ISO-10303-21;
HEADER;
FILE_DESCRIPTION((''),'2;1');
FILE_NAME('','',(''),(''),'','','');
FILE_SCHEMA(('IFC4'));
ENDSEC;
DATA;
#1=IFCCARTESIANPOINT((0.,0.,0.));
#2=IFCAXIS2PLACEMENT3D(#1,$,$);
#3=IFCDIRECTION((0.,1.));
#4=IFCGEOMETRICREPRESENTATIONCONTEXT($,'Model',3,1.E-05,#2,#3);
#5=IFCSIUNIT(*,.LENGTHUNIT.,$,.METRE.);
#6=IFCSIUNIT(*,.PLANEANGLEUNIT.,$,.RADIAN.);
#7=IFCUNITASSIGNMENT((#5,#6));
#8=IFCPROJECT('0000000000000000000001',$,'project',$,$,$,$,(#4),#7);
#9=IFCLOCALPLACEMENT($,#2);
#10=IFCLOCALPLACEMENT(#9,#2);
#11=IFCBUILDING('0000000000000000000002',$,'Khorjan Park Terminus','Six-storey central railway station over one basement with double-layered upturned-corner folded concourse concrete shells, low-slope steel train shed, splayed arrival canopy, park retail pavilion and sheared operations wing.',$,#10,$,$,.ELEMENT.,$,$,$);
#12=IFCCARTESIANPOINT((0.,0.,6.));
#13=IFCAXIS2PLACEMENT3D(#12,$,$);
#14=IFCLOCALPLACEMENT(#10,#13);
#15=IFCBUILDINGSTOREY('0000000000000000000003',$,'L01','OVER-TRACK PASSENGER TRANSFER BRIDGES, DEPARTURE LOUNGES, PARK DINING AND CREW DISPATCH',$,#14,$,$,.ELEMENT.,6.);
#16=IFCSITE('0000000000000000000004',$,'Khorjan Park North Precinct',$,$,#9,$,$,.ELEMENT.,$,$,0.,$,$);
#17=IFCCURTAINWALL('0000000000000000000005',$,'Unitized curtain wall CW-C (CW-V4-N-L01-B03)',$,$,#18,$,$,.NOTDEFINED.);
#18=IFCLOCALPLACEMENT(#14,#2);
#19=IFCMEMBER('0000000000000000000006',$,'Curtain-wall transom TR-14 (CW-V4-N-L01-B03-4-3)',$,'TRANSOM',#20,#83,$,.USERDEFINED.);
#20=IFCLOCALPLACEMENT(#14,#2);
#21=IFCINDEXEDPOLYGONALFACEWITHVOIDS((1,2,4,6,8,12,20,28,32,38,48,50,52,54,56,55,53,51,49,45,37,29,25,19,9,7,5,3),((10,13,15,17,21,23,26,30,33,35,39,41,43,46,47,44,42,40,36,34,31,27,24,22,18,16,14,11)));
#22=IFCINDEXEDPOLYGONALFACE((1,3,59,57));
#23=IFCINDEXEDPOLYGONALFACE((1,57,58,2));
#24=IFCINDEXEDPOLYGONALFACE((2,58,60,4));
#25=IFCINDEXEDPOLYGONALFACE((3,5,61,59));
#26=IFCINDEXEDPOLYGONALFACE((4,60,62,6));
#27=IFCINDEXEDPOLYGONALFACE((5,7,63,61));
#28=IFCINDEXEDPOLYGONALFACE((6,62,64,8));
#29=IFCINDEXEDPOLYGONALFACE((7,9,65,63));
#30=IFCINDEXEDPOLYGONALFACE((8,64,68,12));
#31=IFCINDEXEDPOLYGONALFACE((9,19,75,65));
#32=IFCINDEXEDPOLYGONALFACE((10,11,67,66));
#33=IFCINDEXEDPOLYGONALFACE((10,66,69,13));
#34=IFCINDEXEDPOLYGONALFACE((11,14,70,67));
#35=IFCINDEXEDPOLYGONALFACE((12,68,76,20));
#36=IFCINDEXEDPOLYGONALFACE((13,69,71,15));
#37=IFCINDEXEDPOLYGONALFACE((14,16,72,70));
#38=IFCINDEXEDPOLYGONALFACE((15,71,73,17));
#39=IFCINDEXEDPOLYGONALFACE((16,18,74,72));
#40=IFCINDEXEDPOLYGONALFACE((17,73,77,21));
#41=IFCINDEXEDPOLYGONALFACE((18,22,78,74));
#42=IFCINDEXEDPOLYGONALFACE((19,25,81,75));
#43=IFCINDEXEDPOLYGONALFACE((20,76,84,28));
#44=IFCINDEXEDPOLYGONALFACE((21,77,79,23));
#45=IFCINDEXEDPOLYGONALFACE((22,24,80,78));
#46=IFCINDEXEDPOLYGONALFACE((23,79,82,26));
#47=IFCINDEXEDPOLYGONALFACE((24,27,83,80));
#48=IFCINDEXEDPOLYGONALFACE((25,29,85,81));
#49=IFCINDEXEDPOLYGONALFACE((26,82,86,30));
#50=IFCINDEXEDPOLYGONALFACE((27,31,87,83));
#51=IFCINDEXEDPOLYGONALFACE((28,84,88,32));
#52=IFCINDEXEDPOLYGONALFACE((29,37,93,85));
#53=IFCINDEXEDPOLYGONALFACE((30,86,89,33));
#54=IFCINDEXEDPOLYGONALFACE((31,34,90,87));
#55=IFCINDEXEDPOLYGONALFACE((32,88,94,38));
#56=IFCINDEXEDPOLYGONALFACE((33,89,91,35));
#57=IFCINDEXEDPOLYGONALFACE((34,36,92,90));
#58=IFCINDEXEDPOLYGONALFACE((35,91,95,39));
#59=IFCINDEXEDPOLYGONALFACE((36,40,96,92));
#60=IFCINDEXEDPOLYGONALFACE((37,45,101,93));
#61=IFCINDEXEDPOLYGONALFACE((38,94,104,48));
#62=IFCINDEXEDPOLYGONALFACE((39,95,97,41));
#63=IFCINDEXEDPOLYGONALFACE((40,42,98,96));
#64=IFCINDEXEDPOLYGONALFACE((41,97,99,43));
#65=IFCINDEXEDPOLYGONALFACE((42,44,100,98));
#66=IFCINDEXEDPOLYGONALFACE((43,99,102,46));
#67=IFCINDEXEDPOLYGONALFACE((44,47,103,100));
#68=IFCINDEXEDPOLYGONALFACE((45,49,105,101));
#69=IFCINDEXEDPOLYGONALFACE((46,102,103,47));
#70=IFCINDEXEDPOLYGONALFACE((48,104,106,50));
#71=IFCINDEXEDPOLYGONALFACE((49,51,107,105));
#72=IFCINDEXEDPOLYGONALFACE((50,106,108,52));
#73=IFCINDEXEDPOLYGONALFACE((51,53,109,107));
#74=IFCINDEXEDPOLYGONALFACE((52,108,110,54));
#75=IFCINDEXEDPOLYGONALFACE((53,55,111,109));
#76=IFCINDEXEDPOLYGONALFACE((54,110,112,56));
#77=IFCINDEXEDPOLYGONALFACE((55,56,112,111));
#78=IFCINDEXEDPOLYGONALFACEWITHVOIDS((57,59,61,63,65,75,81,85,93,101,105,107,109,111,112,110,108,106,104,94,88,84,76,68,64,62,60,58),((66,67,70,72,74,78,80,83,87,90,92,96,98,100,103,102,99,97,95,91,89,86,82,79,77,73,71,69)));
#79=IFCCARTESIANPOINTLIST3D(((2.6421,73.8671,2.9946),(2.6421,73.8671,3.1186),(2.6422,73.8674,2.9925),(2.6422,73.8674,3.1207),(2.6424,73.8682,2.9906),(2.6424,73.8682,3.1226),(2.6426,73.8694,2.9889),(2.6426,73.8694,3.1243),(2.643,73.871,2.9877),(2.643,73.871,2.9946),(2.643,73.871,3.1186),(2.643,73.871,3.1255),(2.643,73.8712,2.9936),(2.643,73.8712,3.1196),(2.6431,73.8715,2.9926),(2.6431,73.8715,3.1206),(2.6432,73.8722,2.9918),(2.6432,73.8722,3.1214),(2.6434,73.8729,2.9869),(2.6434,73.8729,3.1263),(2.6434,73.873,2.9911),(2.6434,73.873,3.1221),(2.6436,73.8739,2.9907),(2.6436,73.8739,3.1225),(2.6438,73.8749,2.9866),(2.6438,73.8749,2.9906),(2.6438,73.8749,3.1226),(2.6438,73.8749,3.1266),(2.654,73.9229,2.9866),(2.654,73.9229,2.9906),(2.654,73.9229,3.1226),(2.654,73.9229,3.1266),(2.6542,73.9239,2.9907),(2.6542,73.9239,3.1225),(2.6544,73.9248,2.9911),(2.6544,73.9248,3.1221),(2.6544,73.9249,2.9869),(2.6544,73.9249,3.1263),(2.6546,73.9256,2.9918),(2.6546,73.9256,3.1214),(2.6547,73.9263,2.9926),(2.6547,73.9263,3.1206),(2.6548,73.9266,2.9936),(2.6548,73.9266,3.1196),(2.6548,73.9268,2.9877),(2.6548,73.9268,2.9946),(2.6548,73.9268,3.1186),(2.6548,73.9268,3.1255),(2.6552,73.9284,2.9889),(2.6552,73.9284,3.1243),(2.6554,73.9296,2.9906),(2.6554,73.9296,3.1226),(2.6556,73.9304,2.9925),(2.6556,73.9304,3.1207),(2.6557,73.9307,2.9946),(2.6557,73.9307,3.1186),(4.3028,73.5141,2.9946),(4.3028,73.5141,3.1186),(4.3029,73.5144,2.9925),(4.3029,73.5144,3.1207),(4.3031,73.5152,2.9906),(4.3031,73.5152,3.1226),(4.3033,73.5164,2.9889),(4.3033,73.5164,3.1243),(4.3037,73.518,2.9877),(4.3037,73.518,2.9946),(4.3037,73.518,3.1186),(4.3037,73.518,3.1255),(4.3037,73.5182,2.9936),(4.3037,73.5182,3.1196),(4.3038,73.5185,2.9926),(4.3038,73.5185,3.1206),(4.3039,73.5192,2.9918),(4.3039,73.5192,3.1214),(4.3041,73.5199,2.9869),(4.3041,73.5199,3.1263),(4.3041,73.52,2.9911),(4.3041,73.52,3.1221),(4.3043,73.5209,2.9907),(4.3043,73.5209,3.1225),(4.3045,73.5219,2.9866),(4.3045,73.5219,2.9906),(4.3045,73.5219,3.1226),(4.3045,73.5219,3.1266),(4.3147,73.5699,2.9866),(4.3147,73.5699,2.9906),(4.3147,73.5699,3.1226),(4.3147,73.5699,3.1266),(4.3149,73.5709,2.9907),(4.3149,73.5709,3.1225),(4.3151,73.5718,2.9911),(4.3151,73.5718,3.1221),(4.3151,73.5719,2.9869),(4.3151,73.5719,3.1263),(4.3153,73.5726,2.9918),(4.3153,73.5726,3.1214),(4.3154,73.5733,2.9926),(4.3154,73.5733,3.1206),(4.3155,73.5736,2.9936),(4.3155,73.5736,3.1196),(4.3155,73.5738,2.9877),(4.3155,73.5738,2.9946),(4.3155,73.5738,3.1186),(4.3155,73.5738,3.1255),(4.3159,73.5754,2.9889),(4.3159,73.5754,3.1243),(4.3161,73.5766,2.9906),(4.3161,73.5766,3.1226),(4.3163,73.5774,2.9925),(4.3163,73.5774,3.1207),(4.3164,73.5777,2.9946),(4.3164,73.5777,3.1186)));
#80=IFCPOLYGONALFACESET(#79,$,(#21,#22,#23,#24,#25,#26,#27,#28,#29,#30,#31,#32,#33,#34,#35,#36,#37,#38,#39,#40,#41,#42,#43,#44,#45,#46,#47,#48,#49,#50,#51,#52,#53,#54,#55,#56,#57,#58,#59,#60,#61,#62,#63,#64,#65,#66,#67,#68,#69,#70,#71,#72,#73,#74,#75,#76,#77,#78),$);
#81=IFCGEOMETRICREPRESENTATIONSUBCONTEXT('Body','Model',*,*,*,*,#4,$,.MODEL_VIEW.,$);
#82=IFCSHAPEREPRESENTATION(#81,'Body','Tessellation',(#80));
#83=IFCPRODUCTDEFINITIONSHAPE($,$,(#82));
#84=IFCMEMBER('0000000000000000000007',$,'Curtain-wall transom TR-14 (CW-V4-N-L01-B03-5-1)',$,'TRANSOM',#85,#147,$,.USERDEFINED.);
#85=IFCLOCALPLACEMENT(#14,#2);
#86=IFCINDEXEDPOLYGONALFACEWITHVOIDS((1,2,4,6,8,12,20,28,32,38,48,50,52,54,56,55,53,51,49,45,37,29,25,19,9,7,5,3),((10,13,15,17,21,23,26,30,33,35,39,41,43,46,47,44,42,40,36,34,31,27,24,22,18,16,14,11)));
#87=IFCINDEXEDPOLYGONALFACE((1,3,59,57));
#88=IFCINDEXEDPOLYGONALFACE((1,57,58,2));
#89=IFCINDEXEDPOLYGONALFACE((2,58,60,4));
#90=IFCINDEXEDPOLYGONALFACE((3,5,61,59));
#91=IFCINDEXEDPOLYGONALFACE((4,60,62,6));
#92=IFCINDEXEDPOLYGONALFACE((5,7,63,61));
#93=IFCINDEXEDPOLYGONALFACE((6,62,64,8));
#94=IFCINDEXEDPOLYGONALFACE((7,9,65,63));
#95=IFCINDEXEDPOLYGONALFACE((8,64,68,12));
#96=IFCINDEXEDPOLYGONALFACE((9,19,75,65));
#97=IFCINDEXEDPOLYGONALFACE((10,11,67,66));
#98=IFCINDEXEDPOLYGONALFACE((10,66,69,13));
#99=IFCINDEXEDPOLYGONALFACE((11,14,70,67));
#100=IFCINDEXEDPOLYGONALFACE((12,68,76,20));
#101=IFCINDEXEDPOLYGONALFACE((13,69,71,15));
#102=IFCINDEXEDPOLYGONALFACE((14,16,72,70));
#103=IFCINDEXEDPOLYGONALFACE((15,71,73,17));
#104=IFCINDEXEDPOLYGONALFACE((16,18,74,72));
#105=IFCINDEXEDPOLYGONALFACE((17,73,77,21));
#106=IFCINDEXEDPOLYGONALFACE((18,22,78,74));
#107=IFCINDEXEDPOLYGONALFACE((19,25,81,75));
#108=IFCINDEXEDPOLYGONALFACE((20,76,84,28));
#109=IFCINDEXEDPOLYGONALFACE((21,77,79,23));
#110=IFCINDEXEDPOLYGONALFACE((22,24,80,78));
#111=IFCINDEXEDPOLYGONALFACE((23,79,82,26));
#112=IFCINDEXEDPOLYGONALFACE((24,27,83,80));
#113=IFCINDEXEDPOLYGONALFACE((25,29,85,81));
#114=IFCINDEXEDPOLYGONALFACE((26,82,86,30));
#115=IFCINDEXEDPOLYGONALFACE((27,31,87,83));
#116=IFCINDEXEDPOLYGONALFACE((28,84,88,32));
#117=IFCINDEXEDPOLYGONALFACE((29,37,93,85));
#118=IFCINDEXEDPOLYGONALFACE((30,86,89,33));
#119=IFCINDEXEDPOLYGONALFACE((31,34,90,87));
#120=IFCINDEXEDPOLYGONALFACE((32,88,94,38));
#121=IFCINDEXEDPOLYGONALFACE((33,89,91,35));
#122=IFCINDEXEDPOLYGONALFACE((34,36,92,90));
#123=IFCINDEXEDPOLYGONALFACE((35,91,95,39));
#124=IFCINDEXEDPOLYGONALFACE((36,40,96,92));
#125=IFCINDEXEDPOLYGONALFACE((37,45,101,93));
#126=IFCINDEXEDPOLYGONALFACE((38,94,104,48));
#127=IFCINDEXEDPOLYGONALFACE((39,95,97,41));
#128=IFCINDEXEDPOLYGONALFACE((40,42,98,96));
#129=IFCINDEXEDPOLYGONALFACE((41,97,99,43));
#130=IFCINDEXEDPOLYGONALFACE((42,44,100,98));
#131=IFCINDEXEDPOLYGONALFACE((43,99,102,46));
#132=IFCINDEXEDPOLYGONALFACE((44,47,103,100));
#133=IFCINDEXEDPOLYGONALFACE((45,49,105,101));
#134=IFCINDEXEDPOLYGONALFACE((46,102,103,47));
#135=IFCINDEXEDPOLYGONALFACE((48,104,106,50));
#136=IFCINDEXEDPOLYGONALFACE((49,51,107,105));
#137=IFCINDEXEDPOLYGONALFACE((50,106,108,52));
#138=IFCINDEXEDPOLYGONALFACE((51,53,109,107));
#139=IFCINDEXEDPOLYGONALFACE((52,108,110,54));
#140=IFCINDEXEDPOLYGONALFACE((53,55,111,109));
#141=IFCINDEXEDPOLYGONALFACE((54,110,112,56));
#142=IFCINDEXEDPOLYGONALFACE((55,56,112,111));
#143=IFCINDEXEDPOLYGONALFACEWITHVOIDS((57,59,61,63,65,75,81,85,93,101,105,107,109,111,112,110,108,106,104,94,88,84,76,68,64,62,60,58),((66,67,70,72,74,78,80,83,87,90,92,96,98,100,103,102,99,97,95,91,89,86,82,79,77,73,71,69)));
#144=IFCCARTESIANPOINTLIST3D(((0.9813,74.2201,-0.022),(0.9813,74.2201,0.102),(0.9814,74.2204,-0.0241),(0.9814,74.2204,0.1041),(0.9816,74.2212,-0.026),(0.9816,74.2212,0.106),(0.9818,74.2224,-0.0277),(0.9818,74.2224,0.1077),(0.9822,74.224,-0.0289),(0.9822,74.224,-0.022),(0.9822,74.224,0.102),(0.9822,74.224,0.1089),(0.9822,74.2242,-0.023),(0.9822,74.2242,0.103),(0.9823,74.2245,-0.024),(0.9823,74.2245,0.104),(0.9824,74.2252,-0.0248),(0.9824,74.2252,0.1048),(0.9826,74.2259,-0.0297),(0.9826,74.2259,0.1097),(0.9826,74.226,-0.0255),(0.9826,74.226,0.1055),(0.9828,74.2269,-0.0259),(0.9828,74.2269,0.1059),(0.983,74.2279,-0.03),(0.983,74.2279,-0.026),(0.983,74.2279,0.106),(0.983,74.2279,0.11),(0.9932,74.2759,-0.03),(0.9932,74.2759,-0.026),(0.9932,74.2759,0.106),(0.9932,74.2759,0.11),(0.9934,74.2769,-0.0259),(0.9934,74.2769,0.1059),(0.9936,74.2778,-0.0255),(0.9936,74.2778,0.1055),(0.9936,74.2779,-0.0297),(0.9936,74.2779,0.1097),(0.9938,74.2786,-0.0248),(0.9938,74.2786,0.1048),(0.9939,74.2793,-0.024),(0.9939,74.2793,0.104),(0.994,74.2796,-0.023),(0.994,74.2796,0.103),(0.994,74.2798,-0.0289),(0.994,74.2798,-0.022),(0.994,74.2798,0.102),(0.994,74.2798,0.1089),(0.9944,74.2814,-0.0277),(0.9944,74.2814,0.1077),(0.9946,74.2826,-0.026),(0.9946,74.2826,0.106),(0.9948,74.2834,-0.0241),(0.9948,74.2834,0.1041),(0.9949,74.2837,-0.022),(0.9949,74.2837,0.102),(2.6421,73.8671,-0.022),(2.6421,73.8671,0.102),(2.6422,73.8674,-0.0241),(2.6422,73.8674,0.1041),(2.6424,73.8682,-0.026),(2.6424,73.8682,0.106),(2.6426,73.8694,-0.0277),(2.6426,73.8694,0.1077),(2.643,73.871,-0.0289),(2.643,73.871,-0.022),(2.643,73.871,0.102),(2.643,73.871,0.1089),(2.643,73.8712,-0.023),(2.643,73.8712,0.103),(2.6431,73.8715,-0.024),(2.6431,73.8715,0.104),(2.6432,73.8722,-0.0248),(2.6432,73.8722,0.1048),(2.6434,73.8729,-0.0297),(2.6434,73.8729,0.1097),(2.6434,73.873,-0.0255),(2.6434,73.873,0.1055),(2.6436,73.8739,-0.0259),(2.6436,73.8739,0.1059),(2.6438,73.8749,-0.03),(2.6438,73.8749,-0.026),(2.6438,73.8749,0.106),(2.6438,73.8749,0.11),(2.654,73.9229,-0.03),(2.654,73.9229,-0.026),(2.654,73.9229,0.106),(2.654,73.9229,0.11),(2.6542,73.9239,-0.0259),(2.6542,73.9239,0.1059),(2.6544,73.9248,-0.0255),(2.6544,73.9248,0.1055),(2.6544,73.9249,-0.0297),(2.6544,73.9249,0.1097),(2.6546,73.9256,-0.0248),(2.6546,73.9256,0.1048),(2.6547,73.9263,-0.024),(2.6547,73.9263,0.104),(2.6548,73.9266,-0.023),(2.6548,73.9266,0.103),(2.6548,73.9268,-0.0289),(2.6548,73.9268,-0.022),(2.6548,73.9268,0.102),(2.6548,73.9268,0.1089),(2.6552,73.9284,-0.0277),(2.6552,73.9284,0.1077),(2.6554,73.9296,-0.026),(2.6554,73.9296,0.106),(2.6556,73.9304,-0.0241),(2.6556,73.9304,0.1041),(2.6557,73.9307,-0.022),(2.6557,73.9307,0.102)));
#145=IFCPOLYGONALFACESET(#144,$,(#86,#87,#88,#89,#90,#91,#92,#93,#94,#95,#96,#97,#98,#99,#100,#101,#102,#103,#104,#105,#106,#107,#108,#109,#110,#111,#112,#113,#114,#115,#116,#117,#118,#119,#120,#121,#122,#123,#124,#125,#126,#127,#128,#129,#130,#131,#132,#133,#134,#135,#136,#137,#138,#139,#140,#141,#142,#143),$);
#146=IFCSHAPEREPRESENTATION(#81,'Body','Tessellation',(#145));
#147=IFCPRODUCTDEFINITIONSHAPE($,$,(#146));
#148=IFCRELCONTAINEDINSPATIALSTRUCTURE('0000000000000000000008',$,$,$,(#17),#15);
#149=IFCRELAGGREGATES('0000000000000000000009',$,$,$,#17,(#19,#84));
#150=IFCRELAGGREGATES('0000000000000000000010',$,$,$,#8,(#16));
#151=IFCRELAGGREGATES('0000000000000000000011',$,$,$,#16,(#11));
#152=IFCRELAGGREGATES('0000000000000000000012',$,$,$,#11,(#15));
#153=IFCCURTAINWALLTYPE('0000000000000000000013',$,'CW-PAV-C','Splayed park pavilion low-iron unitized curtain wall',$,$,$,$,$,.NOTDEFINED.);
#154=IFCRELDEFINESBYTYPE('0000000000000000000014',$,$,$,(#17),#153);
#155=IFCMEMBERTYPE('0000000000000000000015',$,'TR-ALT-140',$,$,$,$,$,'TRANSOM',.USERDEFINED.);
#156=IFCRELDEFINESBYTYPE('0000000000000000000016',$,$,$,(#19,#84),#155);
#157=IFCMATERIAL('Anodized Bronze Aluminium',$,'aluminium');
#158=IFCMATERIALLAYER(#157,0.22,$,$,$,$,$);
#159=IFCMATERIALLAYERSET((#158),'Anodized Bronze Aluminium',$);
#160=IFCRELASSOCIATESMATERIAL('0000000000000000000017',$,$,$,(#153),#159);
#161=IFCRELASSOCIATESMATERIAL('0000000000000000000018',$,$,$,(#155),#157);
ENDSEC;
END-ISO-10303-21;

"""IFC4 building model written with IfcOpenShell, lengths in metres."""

from ifc_helpers import new_model, si_unit, direction, frame, origin, origin_2d, place, context, subcontext, project, spatial, hollow_rectangle, extrude, material, layer, layer_set, material_profile, profile_set, type_object, element, aggregate, save


model = new_model("IFC4")

# Units and contexts
model_context = context("Model", 3, precision=1e-05, world=origin(), true_north=direction((0.0, 1.0)))
body_context = subcontext(model_context, "Body", "Model", "MODEL_VIEW")
ifc_project = project(units=[si_unit("LENGTHUNIT", "METRE"), si_unit("PLANEANGLEUNIT", "RADIAN")], contexts=[model_context])

# Site, building, storey
site_placement = place(None, origin())
site = spatial("IfcSite", under=ifc_project, at=site_placement, Name="Khorjan Park North Precinct", CompositionType="ELEMENT", RefElevation=0.0)
building_placement = place(site_placement, origin())
building = spatial("IfcBuilding", under=site, at=building_placement, Name="Khorjan Park Terminus", Description="Six-storey central railway station over one basement with double-layered upturned-corner folded concourse concrete shells, low-slope steel train shed, splayed arrival canopy, park retail pavilion and sheared operations wing.", CompositionType="ELEMENT")
storey_placement = place(building_placement, frame((0.0, 0.0, 6.0)))
storey = spatial("IfcBuildingStorey", under=building, at=storey_placement, Name="L01", Description="OVER-TRACK PASSENGER TRANSFER BRIDGES, DEPARTURE LOUNGES, PARK DINING AND CREW DISPATCH", CompositionType="ELEMENT", Elevation=6.0)

# Curtain wall
ifc_material_1 = material(Name="Anodized Bronze Aluminium", Category="aluminium")
ifc_layer_1 = layer(ifc_material_1, 0.22)
ifc_layer_set_1 = layer_set([ifc_layer_1], Name="Anodized Bronze Aluminium")
curtain_wall_type = type_object("IfcCurtainWallType", Name="CW-PAV-C", Description="Splayed park pavilion low-iron unitized curtain wall", PredefinedType="NOTDEFINED", material=ifc_layer_set_1)
curtain_wall_1_placement = place(storey_placement, origin())
curtain_wall_1 = element("IfcCurtainWall", 1, at=curtain_wall_1_placement, inside=storey, type_object=curtain_wall_type, Name="Unitized curtain wall CW-C (CW-V4-N-L01-B03)", PredefinedType="NOTDEFINED")

# Members
ifc_material_profile_1 = material_profile(ifc_material_1, hollow_rectangle(XDim=0.065, YDim=0.14, WallThickness=0.004, InnerFilletRadius=0.004, OuterFilletRadius=0.008, at=origin_2d()), Name="ALT 65x140x4")
ifc_profile_set_1 = profile_set([ifc_material_profile_1], Name="Anodized Bronze Aluminium")
member_type_1 = type_object("IfcMemberType", Name="TR-ALT-140", ElementType="TRANSOM", PredefinedType="USERDEFINED", material=ifc_profile_set_1)
member_1_placement = place(storey_placement, frame((4.3096, 73.5459, 3.0566), z_axis=(-0.978147, 0.207916, 0.0), x_axis=(-0.207916, -0.978147, 0.0)))
member_1 = element("IfcMember", 2, at=member_1_placement, type_object=member_type_1, Name="Curtain-wall transom TR-14 (CW-V4-N-L01-B03-4-3)", ObjectType="TRANSOM", PredefinedType="USERDEFINED", context=body_context, shape_type="SweptSolid", body=[
    extrude(hollow_rectangle(XDim=0.065, YDim=0.14, WallThickness=0.004, InnerFilletRadius=0.004, OuterFilletRadius=0.008, at=origin_2d()), origin(), (0.0, 0.0, 1.0), 1.6978),
])
member_2_placement = place(storey_placement, frame((2.6489, 73.8989, 0.04), z_axis=(-0.978149, 0.207904, 0.0), x_axis=(-0.207904, -0.978149, 0.0)))
member_2 = element("IfcMember", 3, at=member_2_placement, type_object=member_type_1, Name="Curtain-wall transom TR-14 (CW-V4-N-L01-B03-5-1)", ObjectType="TRANSOM", PredefinedType="USERDEFINED", context=body_context, shape_type="SweptSolid", body=[
    extrude(hollow_rectangle(XDim=0.065, YDim=0.14, WallThickness=0.004, InnerFilletRadius=0.004, OuterFilletRadius=0.008, at=origin_2d()), origin(), (0.0, 0.0, 1.0), 1.6979),
])

aggregate(curtain_wall_1, [member_1, member_2])

save(model, "model.ifc")
